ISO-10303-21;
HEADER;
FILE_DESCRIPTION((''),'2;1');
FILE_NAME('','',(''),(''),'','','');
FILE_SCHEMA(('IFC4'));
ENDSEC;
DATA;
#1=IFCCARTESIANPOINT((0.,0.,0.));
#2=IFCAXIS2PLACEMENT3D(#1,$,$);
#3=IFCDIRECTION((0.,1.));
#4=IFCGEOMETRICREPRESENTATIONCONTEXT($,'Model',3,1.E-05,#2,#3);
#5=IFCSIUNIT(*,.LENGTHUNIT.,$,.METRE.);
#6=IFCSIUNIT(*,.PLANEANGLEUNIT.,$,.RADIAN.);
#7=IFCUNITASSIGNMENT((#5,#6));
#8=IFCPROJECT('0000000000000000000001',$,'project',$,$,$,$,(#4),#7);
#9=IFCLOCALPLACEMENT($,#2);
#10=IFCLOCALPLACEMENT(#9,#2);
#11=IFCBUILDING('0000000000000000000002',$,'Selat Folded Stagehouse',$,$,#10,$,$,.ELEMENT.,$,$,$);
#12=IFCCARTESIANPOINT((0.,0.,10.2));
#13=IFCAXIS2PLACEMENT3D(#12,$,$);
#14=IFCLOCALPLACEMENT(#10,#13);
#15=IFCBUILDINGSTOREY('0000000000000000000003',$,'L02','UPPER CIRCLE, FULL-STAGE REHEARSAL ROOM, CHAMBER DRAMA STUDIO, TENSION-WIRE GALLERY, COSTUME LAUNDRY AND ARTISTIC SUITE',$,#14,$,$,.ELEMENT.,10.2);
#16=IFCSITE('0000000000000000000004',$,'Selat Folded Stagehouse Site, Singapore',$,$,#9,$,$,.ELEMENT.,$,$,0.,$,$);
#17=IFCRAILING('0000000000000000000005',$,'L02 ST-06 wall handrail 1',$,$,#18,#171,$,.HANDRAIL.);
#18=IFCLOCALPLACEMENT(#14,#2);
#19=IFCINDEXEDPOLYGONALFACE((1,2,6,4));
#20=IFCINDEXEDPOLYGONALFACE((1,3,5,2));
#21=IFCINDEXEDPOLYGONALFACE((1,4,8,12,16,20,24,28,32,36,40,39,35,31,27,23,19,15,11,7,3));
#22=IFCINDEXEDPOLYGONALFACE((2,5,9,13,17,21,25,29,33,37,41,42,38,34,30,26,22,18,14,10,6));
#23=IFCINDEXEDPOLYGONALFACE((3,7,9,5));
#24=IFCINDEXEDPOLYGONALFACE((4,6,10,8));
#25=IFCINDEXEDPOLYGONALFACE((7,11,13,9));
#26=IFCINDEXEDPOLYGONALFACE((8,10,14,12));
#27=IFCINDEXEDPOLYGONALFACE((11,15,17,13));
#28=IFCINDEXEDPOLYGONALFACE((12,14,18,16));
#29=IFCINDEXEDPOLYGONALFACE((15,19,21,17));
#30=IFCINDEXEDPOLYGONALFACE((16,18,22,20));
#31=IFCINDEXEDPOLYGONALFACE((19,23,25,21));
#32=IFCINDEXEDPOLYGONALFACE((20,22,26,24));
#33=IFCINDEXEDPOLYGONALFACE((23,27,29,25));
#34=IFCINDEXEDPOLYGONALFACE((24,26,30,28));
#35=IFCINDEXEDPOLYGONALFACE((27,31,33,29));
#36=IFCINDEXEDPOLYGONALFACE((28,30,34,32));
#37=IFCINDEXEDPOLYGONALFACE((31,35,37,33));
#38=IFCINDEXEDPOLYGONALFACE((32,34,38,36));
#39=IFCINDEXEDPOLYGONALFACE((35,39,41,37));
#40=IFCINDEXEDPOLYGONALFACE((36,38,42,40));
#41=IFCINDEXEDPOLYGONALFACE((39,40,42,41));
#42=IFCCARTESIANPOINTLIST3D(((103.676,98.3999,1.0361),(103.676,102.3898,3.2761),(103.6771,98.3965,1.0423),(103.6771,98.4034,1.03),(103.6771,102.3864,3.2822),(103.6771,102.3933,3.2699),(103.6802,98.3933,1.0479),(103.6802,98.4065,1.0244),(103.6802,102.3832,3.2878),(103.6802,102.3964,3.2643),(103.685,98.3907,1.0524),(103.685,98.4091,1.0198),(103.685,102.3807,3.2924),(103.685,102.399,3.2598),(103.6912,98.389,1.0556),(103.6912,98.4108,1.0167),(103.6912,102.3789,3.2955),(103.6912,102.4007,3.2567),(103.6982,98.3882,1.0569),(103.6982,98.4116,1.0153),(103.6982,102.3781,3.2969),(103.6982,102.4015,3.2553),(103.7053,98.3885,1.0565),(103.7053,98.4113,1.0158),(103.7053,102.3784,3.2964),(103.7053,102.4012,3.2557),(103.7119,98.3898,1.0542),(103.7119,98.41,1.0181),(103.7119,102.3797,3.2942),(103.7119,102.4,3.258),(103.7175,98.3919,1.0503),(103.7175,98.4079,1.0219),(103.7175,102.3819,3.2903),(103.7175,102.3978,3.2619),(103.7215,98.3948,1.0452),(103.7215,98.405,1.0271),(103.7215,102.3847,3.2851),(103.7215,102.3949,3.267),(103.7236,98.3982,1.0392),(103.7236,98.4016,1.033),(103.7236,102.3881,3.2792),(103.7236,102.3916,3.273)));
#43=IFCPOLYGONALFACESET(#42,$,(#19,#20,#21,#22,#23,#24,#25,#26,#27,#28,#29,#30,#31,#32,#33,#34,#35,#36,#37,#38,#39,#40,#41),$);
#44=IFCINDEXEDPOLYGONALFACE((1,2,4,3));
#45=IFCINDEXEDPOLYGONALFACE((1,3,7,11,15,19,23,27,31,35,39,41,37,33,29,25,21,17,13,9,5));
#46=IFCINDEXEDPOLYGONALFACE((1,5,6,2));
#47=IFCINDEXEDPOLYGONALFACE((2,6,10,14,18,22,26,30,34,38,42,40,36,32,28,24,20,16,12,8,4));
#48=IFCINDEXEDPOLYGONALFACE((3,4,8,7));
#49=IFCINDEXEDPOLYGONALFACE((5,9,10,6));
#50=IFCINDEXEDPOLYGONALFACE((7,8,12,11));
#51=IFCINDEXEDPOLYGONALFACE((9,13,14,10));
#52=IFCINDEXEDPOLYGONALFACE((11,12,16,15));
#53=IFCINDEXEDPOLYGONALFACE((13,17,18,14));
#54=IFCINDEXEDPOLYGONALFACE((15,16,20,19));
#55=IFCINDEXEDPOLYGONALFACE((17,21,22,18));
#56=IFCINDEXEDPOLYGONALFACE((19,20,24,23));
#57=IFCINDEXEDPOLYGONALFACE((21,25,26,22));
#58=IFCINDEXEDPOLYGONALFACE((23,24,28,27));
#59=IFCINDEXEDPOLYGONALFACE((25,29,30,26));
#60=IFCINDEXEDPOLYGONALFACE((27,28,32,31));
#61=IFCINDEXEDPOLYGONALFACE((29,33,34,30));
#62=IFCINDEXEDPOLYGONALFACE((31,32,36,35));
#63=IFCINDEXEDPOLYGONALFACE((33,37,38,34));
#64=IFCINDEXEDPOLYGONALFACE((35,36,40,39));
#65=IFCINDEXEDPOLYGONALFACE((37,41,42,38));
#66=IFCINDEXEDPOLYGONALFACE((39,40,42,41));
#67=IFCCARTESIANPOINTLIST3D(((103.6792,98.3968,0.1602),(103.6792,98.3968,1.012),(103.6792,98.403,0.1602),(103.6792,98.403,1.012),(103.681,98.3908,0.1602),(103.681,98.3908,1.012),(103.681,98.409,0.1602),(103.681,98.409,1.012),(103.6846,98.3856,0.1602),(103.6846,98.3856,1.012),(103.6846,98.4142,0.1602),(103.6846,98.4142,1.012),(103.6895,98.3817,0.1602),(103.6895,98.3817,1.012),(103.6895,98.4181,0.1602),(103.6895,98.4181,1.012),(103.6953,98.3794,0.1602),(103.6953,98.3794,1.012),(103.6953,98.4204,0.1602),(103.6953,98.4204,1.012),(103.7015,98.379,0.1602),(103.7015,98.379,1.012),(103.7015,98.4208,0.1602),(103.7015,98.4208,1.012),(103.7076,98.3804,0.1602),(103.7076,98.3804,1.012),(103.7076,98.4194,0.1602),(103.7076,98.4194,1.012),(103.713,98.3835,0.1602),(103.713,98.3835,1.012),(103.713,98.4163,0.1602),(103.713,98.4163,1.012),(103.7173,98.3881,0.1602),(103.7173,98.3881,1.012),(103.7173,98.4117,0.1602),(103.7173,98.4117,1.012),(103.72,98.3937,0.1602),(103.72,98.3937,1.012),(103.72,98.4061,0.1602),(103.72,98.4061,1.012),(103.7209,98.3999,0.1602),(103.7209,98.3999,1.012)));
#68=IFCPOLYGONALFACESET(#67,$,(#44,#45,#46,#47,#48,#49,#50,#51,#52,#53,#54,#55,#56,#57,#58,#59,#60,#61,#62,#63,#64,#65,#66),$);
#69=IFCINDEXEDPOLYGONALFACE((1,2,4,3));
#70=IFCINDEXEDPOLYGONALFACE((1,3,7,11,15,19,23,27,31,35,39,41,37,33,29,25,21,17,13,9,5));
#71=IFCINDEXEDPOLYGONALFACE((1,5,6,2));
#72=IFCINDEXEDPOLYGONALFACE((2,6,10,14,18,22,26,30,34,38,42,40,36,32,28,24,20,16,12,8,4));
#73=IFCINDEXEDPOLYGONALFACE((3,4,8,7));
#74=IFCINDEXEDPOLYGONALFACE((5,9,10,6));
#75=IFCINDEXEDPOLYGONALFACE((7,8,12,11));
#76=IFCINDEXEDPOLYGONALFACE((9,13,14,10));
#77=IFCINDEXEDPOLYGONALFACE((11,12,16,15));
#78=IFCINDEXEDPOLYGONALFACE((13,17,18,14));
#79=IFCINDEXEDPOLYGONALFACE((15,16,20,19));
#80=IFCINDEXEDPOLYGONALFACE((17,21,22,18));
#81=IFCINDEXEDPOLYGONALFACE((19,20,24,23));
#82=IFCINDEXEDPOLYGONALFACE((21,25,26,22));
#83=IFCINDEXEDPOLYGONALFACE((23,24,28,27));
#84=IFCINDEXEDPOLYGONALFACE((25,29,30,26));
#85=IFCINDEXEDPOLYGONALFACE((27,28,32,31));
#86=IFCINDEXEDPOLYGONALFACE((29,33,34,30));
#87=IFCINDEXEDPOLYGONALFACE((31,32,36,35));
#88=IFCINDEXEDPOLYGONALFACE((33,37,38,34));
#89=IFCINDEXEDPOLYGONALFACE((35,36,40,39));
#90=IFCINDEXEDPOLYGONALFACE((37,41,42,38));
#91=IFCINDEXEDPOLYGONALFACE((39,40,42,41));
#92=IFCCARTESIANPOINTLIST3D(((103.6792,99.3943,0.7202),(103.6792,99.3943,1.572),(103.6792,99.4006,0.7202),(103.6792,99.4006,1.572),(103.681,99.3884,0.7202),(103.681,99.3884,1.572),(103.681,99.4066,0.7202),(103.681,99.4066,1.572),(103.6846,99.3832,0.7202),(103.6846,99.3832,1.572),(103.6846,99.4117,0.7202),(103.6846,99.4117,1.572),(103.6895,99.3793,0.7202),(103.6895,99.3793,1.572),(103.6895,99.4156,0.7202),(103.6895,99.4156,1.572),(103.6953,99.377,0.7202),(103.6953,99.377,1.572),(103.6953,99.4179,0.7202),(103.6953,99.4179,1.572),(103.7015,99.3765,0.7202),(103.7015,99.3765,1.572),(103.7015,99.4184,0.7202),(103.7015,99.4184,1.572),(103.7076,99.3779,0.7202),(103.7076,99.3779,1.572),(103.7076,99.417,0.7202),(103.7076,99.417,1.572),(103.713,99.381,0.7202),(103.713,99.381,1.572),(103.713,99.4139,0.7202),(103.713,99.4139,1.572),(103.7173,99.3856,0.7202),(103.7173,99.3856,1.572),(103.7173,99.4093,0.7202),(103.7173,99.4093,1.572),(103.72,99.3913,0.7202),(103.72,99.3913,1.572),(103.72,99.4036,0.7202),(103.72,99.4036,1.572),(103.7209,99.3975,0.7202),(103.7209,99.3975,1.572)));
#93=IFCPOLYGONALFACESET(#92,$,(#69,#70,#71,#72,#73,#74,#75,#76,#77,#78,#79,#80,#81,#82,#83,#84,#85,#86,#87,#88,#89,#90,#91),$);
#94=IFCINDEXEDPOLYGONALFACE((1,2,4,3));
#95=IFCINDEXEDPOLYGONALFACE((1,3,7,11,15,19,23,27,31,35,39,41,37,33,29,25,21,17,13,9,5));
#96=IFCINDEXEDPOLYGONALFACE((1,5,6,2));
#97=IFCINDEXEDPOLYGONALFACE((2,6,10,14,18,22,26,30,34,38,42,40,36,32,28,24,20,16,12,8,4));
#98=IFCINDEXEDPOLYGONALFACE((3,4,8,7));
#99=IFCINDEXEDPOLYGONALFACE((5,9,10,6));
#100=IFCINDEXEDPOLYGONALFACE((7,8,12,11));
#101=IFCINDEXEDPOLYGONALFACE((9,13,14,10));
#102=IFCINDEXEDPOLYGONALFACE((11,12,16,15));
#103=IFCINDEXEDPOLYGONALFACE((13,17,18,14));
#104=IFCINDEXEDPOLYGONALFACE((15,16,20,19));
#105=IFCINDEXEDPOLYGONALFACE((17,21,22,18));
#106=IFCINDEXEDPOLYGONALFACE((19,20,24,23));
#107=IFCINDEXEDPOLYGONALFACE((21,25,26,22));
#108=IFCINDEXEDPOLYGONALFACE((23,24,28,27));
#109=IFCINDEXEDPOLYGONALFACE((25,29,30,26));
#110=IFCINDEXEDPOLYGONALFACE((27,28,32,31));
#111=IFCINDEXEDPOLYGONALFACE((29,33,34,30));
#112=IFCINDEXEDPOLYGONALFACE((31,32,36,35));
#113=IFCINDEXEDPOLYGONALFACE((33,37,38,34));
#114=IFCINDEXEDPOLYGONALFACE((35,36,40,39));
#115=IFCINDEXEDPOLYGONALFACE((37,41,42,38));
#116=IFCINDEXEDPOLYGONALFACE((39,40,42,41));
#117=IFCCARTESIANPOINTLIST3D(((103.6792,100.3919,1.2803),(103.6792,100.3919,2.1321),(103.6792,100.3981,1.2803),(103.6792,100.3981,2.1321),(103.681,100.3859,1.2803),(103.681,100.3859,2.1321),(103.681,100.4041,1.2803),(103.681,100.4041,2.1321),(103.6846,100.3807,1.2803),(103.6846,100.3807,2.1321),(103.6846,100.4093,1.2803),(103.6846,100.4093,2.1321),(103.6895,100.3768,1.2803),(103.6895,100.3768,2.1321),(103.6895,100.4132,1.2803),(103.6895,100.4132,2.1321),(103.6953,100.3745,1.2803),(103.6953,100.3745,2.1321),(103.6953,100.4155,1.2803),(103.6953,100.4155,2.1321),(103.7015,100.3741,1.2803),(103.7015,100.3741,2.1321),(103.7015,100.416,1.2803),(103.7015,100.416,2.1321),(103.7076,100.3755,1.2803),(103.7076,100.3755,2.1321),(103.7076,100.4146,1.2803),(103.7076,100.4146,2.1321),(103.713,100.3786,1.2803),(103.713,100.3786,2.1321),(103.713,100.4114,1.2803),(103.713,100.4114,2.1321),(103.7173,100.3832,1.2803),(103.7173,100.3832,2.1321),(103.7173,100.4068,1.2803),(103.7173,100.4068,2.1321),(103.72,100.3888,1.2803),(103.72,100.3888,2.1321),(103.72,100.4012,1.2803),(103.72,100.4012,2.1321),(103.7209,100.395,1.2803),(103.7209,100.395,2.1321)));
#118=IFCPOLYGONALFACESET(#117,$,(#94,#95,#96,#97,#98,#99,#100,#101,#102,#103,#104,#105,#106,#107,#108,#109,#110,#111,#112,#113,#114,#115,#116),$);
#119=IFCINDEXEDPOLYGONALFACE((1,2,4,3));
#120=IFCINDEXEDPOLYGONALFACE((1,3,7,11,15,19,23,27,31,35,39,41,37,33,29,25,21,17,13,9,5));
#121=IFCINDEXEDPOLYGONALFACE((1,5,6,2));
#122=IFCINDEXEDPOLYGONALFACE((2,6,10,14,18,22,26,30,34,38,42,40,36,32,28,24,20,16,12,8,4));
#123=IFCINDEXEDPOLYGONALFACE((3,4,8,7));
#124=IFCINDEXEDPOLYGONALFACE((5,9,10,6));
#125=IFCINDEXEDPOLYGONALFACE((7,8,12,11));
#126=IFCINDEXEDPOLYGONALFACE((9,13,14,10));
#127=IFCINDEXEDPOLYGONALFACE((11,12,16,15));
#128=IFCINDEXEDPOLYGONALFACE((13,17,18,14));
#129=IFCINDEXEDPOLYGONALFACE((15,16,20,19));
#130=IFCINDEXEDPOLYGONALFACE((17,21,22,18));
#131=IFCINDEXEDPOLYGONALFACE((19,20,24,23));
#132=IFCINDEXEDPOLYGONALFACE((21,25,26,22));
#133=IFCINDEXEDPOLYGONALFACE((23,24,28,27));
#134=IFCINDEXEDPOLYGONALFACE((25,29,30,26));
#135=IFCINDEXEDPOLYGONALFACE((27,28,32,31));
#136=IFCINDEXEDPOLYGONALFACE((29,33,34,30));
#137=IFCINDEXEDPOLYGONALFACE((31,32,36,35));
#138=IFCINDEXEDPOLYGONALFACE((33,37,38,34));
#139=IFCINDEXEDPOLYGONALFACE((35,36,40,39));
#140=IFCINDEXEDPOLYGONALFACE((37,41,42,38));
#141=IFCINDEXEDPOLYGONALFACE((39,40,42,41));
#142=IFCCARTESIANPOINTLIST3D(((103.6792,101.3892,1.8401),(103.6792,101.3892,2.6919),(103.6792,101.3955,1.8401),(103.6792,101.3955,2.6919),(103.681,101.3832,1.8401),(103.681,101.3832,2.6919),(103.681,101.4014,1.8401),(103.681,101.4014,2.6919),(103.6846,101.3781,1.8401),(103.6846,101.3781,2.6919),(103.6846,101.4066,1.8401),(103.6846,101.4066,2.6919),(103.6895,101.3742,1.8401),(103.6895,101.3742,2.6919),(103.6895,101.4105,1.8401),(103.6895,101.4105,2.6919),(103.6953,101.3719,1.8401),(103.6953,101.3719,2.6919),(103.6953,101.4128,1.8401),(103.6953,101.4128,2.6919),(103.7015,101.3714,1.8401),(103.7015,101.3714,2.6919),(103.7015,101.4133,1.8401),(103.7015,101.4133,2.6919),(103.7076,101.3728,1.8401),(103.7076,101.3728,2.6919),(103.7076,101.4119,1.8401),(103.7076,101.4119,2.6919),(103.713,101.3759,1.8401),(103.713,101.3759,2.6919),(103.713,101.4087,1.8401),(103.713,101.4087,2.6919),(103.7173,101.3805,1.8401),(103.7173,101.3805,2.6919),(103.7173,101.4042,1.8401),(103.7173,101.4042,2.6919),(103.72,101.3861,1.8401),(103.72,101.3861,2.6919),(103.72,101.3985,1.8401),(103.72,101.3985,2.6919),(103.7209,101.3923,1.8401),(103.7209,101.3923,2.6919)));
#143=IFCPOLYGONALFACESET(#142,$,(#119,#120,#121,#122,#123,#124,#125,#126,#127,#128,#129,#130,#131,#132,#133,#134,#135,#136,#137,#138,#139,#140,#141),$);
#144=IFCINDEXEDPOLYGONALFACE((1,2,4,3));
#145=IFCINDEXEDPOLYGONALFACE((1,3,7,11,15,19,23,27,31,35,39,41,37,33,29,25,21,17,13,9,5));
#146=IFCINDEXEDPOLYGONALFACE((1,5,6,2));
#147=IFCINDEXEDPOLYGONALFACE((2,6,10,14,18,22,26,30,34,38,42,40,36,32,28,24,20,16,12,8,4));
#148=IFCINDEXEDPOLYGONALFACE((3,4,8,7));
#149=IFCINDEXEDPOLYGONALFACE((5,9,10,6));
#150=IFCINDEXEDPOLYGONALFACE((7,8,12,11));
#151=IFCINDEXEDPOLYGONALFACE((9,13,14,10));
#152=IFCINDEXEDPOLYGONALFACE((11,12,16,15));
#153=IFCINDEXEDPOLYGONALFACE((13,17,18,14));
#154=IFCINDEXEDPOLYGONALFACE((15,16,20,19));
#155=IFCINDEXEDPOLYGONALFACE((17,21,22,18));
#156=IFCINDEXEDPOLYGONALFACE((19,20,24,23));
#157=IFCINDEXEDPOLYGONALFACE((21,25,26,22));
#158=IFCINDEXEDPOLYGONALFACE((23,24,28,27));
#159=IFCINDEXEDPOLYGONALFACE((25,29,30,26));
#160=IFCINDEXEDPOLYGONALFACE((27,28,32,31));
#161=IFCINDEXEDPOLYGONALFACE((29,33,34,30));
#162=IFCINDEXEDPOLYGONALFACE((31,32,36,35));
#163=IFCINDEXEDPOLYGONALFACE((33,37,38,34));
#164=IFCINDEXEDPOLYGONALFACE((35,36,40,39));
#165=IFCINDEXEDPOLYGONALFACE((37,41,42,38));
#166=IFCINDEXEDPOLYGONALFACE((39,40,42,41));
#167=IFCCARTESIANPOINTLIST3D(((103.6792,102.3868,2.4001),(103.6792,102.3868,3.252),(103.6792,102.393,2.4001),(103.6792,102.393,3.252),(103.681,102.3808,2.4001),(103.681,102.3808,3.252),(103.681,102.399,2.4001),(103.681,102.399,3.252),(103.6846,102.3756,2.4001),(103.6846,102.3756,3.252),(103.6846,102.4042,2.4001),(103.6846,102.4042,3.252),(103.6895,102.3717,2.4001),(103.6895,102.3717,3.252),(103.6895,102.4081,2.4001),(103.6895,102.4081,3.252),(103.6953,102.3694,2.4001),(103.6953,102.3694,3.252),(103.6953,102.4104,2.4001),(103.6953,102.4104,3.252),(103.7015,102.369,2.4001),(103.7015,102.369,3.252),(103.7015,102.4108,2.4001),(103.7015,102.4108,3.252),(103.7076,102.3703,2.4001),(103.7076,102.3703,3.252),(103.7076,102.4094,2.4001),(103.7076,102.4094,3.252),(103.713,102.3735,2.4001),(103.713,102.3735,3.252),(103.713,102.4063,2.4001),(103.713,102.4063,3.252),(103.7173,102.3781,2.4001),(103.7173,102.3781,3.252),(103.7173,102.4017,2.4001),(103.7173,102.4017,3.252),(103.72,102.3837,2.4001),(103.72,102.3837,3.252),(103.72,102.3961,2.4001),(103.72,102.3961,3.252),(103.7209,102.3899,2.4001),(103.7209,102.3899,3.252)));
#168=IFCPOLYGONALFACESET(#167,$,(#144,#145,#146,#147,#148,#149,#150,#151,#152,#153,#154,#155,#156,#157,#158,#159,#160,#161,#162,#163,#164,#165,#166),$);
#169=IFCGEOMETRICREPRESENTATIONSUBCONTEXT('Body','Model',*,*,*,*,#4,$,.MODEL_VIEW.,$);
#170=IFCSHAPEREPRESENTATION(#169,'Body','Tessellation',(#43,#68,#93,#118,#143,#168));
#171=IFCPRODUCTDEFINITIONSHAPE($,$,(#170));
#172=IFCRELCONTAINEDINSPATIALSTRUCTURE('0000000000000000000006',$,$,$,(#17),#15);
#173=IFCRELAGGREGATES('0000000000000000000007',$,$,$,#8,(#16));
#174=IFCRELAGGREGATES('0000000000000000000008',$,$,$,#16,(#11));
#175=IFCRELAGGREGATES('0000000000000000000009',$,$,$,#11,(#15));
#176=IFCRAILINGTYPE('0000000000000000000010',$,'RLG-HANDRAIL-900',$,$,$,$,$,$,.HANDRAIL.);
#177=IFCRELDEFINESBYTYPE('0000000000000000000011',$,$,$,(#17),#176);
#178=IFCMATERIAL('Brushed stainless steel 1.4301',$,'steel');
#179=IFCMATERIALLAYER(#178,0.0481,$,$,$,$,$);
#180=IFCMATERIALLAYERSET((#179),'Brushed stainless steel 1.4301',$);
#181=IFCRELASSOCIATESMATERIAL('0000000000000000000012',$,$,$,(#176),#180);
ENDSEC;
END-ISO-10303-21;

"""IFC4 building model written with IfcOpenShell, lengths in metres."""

from ifc_helpers import new_model, si_unit, direction, frame, origin, origin_2d, place, context, subcontext, project, spatial, circle, extrude, material, layer, layer_set, type_object, element, save


model = new_model("IFC4")

# Units and contexts
model_context = context("Model", 3, precision=1e-05, world=origin(), true_north=direction((0.0, 1.0)))
body_context = subcontext(model_context, "Body", "Model", "MODEL_VIEW")
ifc_project = project(units=[si_unit("LENGTHUNIT", "METRE"), si_unit("PLANEANGLEUNIT", "RADIAN")], contexts=[model_context])

# Site, building, storey
site_placement = place(None, origin())
site = spatial("IfcSite", under=ifc_project, at=site_placement, Name="Selat Folded Stagehouse Site, Singapore", CompositionType="ELEMENT", RefElevation=0.0)
building_placement = place(site_placement, origin())
building = spatial("IfcBuilding", under=site, at=building_placement, Name="Selat Folded Stagehouse", CompositionType="ELEMENT")
storey_placement = place(building_placement, frame((0.0, 0.0, 10.2)))
storey = spatial("IfcBuildingStorey", under=building, at=storey_placement, Name="L02", Description="UPPER CIRCLE, FULL-STAGE REHEARSAL ROOM, CHAMBER DRAMA STUDIO, TENSION-WIRE GALLERY, COSTUME LAUNDRY AND ARTISTIC SUITE", CompositionType="ELEMENT", Elevation=10.2)

# Railing
ifc_material_1 = material(Name="Brushed stainless steel 1.4301", Category="steel")
ifc_layer_1 = layer(ifc_material_1, 0.0481)
ifc_layer_set_1 = layer_set([ifc_layer_1], Name="Brushed stainless steel 1.4301")
railing_type_1 = type_object("IfcRailingType", Name="RLG-HANDRAIL-900", PredefinedType="HANDRAIL", material=ifc_layer_set_1)
railing_1_placement = place(storey_placement, frame((103.7, 98.3999, 0.1602)))
element("IfcRailing", 1, at=railing_1_placement, inside=storey, type_object=railing_type_1, Name="L02 ST-06 wall handrail 1", PredefinedType="HANDRAIL", context=body_context, shape_type="SweptSolid", body=[
    extrude(circle(Radius=0.0239, at=origin_2d()), frame((0.0, 0.0, 0.876), z_axis=(0.0, 0.871984, 0.489534), x_axis=(-1.0, 0.0, 0.0)), (0.0, 0.0, 1.0), 4.5757),
    extrude(circle(Radius=0.021, at=origin_2d()), origin(), (0.0, 0.0, 1.0), 0.8518),
    extrude(circle(Radius=0.021, at=origin_2d()), frame((0.0, 0.9976, 0.5601)), (0.0, 0.0, 1.0), 0.8518),
    extrude(circle(Radius=0.021, at=origin_2d()), frame((0.0, 1.9951, 1.1201)), (0.0, 0.0, 1.0), 0.8518),
    extrude(circle(Radius=0.021, at=origin_2d()), frame((0.0, 2.9924, 1.6799)), (0.0, 0.0, 1.0), 0.8518),
    extrude(circle(Radius=0.021, at=origin_2d()), frame((0.0, 3.99, 2.24)), (0.0, 0.0, 1.0), 0.8518),
])

save(model, "model.ifc")
